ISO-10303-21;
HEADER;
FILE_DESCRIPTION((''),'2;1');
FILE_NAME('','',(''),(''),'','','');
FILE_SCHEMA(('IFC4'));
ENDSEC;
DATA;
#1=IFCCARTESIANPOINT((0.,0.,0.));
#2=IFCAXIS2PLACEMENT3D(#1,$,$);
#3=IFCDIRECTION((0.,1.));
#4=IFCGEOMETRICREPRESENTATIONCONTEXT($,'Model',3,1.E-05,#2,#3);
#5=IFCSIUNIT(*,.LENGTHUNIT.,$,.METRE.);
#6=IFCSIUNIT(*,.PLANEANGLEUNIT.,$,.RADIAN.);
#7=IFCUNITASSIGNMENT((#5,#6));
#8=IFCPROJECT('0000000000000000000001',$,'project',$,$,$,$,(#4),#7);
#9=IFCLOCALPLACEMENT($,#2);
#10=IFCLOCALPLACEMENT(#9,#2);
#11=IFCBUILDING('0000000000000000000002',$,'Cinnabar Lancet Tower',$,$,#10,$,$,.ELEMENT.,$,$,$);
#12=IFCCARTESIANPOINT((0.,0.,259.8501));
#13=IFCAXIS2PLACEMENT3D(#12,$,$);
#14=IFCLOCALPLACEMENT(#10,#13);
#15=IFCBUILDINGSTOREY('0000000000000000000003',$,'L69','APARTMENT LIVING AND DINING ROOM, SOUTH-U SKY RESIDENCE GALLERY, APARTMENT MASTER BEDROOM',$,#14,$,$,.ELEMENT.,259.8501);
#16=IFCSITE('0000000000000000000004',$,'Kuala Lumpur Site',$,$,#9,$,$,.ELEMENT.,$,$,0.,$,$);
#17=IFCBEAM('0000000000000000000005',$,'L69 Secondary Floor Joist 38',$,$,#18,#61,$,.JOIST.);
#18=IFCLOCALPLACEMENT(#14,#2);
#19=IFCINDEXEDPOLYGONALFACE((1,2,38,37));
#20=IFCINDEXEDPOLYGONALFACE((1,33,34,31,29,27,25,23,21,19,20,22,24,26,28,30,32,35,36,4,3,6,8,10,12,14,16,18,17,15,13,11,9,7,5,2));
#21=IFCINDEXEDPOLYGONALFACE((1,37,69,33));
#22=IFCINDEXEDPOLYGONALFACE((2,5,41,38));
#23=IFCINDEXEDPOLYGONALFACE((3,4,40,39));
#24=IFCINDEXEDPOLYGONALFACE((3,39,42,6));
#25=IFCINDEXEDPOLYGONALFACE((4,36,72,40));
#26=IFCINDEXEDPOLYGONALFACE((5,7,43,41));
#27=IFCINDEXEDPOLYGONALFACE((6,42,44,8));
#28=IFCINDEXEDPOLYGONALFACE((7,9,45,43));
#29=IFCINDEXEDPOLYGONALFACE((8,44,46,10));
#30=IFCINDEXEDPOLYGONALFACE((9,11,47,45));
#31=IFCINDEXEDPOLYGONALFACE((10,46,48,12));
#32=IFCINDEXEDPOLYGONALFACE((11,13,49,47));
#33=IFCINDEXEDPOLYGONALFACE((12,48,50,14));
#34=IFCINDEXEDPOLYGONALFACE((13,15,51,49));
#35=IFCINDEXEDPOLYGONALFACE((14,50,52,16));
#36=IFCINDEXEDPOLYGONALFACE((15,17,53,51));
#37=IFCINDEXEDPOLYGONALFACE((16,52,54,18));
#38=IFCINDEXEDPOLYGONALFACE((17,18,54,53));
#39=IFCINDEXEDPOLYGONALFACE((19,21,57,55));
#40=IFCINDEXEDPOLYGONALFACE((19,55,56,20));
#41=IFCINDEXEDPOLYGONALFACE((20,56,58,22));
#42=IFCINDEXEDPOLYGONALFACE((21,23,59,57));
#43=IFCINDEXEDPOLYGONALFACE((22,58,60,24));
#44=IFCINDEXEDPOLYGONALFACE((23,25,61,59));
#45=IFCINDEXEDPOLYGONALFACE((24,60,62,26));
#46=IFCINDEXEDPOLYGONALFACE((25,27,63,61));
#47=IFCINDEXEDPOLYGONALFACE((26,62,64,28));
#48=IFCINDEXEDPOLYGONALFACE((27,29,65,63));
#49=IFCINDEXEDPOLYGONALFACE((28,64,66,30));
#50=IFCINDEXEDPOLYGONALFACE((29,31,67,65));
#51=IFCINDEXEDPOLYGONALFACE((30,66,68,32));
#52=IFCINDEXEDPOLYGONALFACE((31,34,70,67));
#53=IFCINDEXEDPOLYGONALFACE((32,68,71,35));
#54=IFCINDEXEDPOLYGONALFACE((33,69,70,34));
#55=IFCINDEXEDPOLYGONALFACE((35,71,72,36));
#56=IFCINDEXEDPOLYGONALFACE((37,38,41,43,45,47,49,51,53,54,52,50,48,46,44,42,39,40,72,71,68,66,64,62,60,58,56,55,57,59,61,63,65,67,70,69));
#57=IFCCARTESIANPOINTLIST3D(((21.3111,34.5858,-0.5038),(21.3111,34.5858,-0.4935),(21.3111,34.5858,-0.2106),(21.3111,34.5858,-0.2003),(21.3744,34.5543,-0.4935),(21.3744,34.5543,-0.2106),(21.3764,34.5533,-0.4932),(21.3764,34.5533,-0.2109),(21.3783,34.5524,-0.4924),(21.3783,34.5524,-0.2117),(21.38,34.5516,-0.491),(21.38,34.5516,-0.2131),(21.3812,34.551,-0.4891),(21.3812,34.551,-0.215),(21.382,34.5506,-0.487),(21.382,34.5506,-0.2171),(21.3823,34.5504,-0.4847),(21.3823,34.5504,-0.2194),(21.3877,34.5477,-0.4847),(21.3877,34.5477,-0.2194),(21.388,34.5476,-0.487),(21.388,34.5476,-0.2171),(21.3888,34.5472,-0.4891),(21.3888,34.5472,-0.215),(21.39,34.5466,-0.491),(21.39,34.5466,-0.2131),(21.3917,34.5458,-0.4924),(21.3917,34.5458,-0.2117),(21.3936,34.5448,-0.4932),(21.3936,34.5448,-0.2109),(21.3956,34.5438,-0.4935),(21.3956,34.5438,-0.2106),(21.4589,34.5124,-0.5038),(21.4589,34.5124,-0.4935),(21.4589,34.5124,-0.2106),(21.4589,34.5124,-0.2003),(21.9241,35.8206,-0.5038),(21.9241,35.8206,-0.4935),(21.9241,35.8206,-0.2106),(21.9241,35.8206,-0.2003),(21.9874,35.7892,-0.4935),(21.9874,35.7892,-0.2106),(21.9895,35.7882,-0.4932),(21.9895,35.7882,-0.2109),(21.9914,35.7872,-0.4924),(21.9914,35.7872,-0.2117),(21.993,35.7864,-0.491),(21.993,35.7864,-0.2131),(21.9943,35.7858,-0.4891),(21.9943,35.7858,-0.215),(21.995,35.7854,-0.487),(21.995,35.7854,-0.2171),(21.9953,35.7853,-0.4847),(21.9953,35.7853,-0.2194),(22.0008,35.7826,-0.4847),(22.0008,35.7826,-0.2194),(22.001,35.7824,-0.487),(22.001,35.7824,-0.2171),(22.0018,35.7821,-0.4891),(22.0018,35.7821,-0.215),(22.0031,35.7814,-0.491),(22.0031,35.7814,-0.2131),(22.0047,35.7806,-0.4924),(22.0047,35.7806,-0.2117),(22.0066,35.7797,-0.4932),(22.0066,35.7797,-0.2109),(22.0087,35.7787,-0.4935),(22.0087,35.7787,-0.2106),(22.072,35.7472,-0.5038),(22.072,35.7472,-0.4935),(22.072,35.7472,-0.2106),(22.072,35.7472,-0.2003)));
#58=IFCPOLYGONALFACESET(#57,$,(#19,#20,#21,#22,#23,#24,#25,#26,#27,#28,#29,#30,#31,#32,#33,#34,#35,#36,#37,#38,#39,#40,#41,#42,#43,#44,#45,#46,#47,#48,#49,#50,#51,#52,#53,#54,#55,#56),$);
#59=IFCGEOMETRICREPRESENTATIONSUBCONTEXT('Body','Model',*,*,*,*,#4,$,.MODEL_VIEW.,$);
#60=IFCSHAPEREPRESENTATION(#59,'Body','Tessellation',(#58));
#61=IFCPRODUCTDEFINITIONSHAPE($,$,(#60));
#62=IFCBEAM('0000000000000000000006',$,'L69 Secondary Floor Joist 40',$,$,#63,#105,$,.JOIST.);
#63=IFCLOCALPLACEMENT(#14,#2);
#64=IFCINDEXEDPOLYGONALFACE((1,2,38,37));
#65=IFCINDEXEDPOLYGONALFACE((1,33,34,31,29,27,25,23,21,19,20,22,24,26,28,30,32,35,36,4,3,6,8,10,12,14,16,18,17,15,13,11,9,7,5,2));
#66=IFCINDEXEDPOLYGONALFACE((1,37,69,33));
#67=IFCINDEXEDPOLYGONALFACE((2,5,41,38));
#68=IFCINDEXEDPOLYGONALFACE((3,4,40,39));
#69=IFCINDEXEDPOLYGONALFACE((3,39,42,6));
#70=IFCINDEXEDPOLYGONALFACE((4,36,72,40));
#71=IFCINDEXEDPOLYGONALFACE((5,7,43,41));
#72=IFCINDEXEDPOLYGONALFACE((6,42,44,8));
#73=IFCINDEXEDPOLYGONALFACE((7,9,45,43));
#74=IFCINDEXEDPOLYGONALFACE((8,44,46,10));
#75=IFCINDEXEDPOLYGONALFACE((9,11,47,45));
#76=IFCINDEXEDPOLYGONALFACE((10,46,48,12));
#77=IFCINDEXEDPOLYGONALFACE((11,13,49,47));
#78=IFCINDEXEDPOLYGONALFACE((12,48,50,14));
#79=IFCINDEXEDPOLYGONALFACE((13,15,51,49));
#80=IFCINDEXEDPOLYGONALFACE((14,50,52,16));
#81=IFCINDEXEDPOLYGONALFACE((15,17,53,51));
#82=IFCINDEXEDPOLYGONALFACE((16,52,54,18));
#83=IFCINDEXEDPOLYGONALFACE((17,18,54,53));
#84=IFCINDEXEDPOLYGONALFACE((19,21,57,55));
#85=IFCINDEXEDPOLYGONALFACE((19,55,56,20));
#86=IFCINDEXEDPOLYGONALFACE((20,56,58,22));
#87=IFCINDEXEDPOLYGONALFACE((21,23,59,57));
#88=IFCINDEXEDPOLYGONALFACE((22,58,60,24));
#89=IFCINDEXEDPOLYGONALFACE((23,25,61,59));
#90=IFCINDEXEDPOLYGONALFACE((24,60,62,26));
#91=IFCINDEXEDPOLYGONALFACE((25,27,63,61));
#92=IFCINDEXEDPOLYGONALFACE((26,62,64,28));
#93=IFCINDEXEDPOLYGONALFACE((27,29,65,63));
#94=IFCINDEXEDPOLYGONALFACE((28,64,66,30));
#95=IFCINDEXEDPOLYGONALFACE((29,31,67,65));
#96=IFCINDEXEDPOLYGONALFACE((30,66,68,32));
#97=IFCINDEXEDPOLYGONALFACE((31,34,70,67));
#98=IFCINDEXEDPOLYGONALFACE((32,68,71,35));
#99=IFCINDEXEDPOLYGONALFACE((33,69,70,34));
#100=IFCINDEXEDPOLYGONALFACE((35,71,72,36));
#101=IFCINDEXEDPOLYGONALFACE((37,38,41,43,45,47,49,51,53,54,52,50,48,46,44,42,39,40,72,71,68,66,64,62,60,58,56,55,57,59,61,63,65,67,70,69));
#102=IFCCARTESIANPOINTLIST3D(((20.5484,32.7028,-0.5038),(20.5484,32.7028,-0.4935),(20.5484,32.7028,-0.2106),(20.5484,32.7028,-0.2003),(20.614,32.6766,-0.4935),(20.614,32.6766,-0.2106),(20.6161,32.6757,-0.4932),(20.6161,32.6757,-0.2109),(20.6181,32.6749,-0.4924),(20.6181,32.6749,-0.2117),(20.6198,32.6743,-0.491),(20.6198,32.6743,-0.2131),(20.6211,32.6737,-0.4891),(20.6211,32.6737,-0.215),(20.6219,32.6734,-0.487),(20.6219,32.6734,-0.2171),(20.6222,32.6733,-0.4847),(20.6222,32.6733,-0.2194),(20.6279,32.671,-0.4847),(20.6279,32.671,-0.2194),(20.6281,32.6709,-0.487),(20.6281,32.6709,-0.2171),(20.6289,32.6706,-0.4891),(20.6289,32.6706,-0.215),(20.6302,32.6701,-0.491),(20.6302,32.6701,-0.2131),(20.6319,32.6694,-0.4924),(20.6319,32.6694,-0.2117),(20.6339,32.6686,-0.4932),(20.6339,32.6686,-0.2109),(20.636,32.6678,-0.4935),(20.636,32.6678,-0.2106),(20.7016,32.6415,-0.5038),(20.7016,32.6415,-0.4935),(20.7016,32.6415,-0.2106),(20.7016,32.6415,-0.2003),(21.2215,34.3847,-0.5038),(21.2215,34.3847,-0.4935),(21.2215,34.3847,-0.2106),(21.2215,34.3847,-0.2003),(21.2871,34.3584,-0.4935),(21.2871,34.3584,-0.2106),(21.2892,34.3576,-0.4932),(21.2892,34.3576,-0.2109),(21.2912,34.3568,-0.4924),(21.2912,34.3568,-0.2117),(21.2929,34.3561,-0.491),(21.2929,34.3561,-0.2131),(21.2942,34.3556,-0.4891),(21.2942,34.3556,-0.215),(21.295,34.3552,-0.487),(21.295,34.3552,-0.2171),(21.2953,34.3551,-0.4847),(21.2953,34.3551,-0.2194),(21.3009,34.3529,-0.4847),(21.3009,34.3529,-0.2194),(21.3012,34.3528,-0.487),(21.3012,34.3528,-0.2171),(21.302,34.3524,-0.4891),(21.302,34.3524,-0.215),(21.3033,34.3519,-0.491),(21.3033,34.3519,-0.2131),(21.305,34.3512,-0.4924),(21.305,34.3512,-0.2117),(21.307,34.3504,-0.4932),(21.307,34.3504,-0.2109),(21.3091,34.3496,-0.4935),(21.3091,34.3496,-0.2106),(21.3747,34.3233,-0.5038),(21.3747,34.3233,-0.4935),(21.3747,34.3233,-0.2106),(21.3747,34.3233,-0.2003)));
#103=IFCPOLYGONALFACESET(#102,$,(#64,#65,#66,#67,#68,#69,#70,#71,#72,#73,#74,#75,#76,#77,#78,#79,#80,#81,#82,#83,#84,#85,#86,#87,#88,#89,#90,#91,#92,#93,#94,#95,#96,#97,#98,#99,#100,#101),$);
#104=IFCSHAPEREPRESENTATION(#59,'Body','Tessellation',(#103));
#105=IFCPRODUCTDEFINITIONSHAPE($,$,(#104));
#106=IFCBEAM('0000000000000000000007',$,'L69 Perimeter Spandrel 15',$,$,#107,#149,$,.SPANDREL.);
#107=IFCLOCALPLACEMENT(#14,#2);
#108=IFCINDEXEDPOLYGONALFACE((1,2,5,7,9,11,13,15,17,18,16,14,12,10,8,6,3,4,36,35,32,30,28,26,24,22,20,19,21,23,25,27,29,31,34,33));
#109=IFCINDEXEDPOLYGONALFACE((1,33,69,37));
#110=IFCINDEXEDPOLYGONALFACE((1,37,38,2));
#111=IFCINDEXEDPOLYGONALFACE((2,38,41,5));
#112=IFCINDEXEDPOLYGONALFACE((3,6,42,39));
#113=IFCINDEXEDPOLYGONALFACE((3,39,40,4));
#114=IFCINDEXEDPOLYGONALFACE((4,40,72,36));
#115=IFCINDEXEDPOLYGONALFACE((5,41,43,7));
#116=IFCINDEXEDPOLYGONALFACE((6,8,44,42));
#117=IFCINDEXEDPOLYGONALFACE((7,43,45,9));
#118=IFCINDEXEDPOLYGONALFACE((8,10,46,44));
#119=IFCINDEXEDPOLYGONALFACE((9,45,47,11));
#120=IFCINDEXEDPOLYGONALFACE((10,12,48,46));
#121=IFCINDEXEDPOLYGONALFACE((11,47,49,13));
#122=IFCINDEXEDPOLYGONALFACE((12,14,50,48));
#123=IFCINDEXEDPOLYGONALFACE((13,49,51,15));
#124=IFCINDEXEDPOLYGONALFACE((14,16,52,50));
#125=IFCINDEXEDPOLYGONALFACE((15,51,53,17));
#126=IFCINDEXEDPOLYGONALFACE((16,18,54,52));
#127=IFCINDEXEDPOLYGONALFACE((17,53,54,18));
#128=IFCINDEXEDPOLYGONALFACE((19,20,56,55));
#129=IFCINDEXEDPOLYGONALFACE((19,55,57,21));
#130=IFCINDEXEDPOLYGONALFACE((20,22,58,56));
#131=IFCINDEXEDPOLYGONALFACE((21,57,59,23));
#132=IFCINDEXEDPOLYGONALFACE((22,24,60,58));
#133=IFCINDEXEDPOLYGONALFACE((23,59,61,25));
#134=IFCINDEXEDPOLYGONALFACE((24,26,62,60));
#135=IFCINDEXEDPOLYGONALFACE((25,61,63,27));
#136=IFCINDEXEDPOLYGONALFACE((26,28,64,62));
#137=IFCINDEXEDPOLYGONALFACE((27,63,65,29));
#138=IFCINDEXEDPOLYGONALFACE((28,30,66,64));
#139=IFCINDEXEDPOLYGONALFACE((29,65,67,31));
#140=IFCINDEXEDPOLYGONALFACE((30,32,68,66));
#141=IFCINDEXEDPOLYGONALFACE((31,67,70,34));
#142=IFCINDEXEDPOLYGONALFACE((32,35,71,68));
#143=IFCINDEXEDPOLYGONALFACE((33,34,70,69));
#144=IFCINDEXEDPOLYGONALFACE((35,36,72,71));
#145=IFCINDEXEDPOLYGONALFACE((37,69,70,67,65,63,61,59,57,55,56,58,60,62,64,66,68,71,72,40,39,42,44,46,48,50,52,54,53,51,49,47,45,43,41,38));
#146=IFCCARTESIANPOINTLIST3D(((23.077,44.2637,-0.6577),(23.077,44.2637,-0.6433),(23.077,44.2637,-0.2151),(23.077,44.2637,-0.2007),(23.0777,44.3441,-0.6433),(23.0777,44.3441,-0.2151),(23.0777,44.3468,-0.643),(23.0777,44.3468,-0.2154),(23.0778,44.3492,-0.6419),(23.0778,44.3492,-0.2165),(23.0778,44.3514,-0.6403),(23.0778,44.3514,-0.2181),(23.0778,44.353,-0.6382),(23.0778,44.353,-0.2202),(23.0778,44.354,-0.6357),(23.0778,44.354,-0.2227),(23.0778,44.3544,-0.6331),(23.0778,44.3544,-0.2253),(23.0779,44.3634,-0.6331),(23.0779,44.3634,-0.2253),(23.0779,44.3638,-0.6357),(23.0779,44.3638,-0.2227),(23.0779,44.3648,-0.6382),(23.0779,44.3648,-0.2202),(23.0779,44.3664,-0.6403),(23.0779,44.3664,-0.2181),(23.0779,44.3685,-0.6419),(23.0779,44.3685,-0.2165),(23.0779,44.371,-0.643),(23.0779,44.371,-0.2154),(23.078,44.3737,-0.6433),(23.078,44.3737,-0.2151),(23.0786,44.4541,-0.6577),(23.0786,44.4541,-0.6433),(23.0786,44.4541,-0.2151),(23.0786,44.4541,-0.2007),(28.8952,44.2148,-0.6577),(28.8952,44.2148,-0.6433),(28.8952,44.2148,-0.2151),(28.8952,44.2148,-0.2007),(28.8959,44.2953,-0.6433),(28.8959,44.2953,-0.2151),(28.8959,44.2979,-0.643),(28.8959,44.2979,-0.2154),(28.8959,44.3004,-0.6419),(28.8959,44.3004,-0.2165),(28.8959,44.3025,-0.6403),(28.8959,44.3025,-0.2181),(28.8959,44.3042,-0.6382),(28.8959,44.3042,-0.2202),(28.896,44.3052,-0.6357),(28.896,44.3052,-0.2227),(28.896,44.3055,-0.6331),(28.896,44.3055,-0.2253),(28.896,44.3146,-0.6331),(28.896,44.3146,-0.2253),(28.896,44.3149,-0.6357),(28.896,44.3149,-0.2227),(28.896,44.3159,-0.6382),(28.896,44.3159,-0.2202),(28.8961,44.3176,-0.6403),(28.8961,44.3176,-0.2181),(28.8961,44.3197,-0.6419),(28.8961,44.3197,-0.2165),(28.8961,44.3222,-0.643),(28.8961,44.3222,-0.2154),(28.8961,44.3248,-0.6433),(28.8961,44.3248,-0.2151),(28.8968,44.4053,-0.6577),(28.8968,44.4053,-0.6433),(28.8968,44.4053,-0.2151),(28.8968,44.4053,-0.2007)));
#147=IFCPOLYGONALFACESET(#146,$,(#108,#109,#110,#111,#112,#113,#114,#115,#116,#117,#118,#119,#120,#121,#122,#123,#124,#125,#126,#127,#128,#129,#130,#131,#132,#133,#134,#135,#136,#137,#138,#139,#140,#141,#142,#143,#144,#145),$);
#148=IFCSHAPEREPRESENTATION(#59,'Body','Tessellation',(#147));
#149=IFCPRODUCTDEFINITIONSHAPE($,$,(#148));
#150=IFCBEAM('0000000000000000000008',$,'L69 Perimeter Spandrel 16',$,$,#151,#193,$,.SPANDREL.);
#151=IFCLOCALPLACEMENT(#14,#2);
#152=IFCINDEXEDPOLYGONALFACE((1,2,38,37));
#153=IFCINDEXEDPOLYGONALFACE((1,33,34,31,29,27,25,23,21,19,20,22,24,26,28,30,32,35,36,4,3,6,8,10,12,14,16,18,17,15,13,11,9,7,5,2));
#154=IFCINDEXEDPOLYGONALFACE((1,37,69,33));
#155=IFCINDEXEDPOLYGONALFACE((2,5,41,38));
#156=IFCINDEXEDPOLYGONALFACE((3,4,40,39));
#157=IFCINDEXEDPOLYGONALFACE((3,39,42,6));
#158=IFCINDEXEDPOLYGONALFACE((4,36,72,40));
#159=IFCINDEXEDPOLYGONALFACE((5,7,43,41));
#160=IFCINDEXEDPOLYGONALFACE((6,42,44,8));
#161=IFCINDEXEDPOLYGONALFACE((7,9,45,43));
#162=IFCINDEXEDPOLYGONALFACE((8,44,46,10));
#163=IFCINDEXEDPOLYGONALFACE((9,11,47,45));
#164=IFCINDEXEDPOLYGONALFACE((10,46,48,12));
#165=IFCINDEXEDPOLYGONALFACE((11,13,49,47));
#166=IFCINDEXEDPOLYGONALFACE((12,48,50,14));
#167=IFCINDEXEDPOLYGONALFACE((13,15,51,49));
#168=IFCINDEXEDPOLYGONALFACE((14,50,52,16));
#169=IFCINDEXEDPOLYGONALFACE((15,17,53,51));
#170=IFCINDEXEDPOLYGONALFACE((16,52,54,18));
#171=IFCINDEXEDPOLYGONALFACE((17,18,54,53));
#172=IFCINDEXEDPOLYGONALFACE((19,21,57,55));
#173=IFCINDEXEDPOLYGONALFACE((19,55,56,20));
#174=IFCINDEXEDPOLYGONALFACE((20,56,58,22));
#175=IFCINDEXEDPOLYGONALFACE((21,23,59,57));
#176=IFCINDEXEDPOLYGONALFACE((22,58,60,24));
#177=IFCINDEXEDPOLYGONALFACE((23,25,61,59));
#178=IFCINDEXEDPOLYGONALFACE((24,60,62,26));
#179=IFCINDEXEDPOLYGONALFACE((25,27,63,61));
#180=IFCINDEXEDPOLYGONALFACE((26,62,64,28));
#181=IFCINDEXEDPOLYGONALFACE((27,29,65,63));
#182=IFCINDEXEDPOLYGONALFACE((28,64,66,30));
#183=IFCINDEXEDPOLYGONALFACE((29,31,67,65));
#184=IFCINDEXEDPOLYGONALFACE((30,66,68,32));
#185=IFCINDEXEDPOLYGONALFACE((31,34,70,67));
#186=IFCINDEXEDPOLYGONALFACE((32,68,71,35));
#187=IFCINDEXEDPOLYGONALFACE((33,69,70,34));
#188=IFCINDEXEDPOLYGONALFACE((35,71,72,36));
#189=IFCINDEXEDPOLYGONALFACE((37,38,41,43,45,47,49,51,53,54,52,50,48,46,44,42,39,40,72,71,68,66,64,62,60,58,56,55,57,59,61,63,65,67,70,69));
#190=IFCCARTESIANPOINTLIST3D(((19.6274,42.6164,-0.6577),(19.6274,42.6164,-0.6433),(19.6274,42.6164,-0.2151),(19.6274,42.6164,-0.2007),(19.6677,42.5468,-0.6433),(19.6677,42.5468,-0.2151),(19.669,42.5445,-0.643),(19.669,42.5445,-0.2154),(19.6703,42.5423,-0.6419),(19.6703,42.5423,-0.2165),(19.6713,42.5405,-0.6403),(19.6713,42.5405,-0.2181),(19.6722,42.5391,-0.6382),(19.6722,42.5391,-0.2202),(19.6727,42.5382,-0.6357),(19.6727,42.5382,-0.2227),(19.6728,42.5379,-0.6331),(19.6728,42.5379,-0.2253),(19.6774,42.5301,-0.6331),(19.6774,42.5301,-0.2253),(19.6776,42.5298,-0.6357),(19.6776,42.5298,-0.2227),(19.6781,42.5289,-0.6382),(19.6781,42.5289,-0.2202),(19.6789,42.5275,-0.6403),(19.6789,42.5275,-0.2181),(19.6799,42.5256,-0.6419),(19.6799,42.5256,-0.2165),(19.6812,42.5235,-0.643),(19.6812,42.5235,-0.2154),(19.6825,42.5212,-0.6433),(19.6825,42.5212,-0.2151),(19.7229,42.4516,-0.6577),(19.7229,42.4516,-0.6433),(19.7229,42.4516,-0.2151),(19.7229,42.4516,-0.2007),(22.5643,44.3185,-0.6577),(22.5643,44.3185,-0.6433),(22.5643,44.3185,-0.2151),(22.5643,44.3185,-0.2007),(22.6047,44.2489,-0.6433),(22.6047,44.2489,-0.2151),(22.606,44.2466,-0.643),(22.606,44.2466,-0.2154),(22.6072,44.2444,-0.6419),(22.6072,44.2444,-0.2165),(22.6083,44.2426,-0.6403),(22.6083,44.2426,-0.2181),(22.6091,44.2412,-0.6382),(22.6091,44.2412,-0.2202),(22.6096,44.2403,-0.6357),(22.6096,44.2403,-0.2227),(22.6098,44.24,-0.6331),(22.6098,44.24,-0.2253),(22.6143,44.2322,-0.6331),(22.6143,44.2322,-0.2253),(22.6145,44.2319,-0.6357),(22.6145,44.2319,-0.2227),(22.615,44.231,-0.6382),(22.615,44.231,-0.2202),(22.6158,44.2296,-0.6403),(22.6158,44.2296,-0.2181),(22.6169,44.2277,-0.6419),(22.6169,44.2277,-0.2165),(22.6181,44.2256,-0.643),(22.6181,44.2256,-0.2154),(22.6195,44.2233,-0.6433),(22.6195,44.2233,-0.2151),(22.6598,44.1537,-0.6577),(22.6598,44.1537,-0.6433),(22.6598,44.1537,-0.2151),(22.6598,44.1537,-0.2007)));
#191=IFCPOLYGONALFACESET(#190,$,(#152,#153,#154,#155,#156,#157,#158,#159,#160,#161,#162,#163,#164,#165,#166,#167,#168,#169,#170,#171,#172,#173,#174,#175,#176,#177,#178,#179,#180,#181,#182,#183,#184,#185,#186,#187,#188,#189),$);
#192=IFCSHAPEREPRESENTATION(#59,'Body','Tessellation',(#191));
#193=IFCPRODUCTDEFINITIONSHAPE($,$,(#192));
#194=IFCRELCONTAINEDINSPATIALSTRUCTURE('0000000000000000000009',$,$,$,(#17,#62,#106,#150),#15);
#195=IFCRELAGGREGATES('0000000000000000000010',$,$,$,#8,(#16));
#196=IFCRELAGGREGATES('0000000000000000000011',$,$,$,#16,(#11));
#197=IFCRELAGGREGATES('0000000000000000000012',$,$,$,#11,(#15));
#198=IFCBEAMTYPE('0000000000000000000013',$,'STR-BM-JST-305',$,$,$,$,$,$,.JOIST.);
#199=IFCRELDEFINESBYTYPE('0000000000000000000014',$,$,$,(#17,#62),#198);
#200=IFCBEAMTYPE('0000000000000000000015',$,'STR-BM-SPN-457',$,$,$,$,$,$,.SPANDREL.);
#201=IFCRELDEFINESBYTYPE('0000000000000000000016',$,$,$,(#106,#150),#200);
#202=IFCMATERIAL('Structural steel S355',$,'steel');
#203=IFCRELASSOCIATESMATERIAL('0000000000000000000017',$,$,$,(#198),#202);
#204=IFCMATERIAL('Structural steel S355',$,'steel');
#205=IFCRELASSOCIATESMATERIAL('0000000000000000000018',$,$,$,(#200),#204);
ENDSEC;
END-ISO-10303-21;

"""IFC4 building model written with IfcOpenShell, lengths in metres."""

from ifc_helpers import new_model, si_unit, direction, frame, origin, origin_2d, place, context, subcontext, project, spatial, i_section, extrude, material, material_profile, profile_set, type_object, element, save


model = new_model("IFC4")

# Units and contexts
model_context = context("Model", 3, precision=1e-05, world=origin(), true_north=direction((0.0, 1.0)))
body_context = subcontext(model_context, "Body", "Model", "MODEL_VIEW")
ifc_project = project(units=[si_unit("LENGTHUNIT", "METRE"), si_unit("PLANEANGLEUNIT", "RADIAN")], contexts=[model_context])

# Site, building, storey
site_placement = place(None, origin())
site = spatial("IfcSite", under=ifc_project, at=site_placement, Name="Kuala Lumpur Site", CompositionType="ELEMENT", RefElevation=0.0)
building_placement = place(site_placement, origin())
building = spatial("IfcBuilding", under=site, at=building_placement, Name="Cinnabar Lancet Tower", CompositionType="ELEMENT")
storey_placement = place(building_placement, frame((0.0, 0.0, 259.8501)))
storey = spatial("IfcBuildingStorey", under=building, at=storey_placement, Name="L69", Description="APARTMENT LIVING AND DINING ROOM, SOUTH-U SKY RESIDENCE GALLERY, APARTMENT MASTER BEDROOM", CompositionType="ELEMENT", Elevation=259.8501)

# Beams
ifc_material_1 = material(Name="Structural steel S355", Category="steel")
ifc_material_profile_1 = material_profile(ifc_material_1, i_section(OverallWidth=0.165, OverallDepth=0.3035, WebThickness=0.0061, FlangeThickness=0.0103, FilletRadius=0.0088, at=origin_2d()), Name="UKB 305x165x40")
ifc_profile_set_1 = profile_set([ifc_material_profile_1], Name="Structural steel S355")
beam_type_1 = type_object("IfcBeamType", Name="STR-BM-JST-305", PredefinedType="JOIST", material=ifc_profile_set_1)
beam_1_placement = place(storey_placement, frame((21.998, 35.7839, -0.3521), z_axis=(-0.444662, -0.895699, 0.0), x_axis=(0.895699, -0.444662, 0.0)))
element("IfcBeam", 1, at=beam_1_placement, inside=storey, type_object=beam_type_1, Name="L69 Secondary Floor Joist 38", PredefinedType="JOIST", context=body_context, shape_type="SweptSolid", body=[
    extrude(i_section(OverallWidth=0.165, OverallDepth=0.3035, WebThickness=0.0061, FlangeThickness=0.0103, FilletRadius=0.0088, at=origin_2d()), origin(), (0.0, 0.0, 1.0), 1.3787),
])
beam_2_placement = place(storey_placement, frame((21.2981, 34.354, -0.3521), z_axis=(-0.371553, -0.928412, 0.0), x_axis=(0.928412, -0.371553, 0.0)))
element("IfcBeam", 2, at=beam_2_placement, inside=storey, type_object=beam_type_1, Name="L69 Secondary Floor Joist 40", PredefinedType="JOIST", context=body_context, shape_type="SweptSolid", body=[
    extrude(i_section(OverallWidth=0.165, OverallDepth=0.3035, WebThickness=0.0061, FlangeThickness=0.0103, FilletRadius=0.0088, at=origin_2d()), origin(), (0.0, 0.0, 1.0), 1.8115),
])
ifc_material_2 = material(Name="Structural steel S355", Category="steel")
ifc_material_profile_2 = material_profile(ifc_material_2, i_section(OverallWidth=0.1904, OverallDepth=0.457, WebThickness=0.009, FlangeThickness=0.0144, FilletRadius=0.0103, at=origin_2d()), Name="UKB 457x191x74")
ifc_profile_set_2 = profile_set([ifc_material_profile_2], Name="Structural steel S355")
beam_type_2 = type_object("IfcBeamType", Name="STR-BM-SPN-457", PredefinedType="SPANDREL", material=ifc_profile_set_2)
beam_3_placement = place(storey_placement, frame((28.896, 44.3101, -0.4292), z_axis=(-0.999965, 0.008392, 0.0), x_axis=(-0.008392, -0.999965, 0.0)))
element("IfcBeam", 3, at=beam_3_placement, inside=storey, type_object=beam_type_2, Name="L69 Perimeter Spandrel 15", PredefinedType="SPANDREL", context=body_context, shape_type="SweptSolid", body=[
    extrude(i_section(OverallWidth=0.1904, OverallDepth=0.457, WebThickness=0.009, FlangeThickness=0.0144, FilletRadius=0.0103, at=origin_2d()), origin(), (0.0, 0.0, 1.0), 5.8184),
])
beam_4_placement = place(storey_placement, frame((22.6121, 44.2361, -0.4292), z_axis=(-0.8652, -0.501427, 0.0), x_axis=(0.501427, -0.8652, 0.0)))
element("IfcBeam", 4, at=beam_4_placement, inside=storey, type_object=beam_type_2, Name="L69 Perimeter Spandrel 16", PredefinedType="SPANDREL", context=body_context, shape_type="SweptSolid", body=[
    extrude(i_section(OverallWidth=0.1904, OverallDepth=0.457, WebThickness=0.009, FlangeThickness=0.0144, FilletRadius=0.0103, at=origin_2d()), origin(), (0.0, 0.0, 1.0), 3.3945),
])

save(model, "model.ifc")
